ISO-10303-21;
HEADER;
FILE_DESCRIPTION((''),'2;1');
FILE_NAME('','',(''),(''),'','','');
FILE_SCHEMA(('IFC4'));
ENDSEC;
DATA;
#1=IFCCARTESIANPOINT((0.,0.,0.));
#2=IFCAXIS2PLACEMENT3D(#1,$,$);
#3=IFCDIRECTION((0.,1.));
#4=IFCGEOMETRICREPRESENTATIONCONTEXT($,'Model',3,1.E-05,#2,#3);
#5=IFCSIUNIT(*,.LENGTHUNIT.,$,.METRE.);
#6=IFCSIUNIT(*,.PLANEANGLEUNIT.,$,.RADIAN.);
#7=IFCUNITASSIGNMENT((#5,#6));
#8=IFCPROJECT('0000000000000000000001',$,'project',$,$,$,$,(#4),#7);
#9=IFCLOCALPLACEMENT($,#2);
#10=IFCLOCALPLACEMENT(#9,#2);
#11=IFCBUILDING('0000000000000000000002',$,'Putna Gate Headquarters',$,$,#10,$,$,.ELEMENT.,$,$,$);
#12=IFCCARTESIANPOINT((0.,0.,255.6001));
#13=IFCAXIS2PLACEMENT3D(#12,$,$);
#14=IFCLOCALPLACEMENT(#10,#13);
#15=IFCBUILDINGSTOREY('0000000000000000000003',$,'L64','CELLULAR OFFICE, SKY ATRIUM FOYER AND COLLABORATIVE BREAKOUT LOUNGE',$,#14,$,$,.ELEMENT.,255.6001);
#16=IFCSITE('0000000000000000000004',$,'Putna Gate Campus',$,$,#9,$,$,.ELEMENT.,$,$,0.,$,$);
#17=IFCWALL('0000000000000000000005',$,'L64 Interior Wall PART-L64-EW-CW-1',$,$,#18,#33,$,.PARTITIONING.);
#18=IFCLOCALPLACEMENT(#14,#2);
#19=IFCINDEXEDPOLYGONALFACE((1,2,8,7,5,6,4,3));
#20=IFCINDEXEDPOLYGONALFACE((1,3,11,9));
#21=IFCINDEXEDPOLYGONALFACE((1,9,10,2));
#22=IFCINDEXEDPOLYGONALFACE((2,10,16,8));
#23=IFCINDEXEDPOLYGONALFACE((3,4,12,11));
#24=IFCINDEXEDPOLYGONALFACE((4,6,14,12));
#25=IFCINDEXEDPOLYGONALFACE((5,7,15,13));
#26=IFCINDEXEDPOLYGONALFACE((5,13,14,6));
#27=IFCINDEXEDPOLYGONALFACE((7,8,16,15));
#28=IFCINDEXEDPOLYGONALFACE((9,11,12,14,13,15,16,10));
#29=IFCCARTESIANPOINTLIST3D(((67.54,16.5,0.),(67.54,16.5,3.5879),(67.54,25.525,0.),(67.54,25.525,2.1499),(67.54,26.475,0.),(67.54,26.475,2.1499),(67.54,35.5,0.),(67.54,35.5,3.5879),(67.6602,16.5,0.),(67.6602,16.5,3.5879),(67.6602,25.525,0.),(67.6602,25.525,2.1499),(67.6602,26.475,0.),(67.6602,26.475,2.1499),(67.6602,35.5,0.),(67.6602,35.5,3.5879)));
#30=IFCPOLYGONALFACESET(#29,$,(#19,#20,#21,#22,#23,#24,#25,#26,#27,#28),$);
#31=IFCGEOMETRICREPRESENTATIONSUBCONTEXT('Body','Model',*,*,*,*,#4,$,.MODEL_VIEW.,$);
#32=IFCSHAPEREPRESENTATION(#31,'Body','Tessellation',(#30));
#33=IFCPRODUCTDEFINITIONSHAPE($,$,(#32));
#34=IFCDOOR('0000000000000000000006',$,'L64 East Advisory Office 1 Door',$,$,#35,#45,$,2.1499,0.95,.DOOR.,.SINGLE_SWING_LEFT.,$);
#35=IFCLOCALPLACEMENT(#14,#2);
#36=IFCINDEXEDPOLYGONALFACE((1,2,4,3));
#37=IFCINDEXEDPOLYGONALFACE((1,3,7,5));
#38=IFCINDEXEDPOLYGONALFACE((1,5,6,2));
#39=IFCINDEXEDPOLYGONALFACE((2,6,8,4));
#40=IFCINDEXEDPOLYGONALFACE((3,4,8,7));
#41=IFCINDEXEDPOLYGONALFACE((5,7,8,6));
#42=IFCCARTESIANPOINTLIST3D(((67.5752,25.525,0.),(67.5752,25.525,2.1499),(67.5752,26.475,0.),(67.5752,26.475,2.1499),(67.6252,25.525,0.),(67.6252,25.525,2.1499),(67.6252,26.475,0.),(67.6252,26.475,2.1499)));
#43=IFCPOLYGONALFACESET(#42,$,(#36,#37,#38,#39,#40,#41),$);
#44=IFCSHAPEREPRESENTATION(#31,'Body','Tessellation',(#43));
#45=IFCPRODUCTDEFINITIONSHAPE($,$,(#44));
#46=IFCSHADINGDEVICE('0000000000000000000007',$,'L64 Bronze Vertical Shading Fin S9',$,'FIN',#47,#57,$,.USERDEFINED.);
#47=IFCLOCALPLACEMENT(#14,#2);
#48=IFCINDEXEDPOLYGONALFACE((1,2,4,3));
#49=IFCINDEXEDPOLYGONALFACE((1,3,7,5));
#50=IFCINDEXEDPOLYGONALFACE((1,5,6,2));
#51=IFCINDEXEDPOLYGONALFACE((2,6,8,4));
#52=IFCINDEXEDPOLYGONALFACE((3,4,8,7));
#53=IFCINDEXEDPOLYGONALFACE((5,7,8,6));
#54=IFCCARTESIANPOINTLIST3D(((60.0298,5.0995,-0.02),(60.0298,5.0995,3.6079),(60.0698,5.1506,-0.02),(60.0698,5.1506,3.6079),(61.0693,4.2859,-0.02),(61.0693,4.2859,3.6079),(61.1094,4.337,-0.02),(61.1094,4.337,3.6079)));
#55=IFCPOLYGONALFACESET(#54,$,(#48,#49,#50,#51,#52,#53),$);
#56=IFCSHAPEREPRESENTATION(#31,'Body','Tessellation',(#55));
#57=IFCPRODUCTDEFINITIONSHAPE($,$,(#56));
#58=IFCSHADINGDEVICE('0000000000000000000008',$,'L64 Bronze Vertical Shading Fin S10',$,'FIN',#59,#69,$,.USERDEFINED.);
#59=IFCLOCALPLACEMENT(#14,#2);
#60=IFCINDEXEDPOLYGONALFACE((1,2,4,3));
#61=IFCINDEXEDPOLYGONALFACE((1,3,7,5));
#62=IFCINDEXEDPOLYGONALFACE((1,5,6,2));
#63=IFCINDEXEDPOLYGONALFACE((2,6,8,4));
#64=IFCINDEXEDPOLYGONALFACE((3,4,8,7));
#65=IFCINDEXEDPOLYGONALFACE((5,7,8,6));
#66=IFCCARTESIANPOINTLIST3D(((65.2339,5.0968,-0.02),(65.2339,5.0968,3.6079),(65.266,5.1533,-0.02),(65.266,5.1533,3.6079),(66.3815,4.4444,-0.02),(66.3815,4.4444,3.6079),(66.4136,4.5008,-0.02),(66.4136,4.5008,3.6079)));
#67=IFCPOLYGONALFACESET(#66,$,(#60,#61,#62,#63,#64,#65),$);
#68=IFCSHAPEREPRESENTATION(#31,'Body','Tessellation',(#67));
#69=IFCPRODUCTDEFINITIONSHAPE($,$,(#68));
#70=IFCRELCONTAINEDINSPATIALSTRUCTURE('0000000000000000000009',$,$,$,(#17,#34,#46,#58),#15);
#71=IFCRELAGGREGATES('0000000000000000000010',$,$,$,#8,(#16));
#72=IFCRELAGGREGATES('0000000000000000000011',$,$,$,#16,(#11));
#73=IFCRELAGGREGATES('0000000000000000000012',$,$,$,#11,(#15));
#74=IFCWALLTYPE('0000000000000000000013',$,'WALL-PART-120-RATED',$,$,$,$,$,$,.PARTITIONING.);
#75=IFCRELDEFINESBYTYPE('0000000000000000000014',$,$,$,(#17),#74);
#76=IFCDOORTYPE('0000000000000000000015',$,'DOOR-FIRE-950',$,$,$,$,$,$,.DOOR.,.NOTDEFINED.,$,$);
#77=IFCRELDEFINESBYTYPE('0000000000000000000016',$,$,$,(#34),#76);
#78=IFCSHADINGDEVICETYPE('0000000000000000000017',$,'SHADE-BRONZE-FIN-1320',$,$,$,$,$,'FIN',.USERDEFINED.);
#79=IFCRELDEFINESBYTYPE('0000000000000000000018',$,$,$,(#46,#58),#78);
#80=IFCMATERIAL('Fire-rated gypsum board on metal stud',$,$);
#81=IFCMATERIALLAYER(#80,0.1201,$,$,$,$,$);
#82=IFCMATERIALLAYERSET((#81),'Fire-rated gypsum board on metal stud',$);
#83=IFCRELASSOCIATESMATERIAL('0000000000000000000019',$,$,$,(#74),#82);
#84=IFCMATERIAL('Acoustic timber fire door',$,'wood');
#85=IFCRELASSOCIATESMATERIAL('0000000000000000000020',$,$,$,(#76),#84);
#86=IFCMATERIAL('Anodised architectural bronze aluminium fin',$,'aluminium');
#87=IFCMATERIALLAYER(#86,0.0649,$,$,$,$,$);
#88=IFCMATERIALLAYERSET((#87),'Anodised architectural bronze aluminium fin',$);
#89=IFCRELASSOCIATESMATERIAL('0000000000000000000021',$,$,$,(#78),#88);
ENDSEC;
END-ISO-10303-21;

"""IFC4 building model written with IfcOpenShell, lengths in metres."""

from ifc_helpers import new_model, si_unit, direction, frame, frame_2d, origin, origin_2d, place, context, subcontext, project, spatial, rectangle, extrude, material, layer, layer_set, type_object, element, fill, save


model = new_model("IFC4")

# Units and contexts
model_context = context("Model", 3, precision=1e-05, world=origin(), true_north=direction((0.0, 1.0)))
body_context = subcontext(model_context, "Body", "Model", "MODEL_VIEW")
ifc_project = project(units=[si_unit("LENGTHUNIT", "METRE"), si_unit("PLANEANGLEUNIT", "RADIAN")], contexts=[model_context])

# Site, building, storey
site_placement = place(None, origin())
site = spatial("IfcSite", under=ifc_project, at=site_placement, Name="Putna Gate Campus", CompositionType="ELEMENT", RefElevation=0.0)
building_placement = place(site_placement, origin())
building = spatial("IfcBuilding", under=site, at=building_placement, Name="Putna Gate Headquarters", CompositionType="ELEMENT")
storey_placement = place(building_placement, frame((0.0, 0.0, 255.6001)))
storey = spatial("IfcBuildingStorey", under=building, at=storey_placement, Name="L64", Description="CELLULAR OFFICE, SKY ATRIUM FOYER AND COLLABORATIVE BREAKOUT LOUNGE", CompositionType="ELEMENT", Elevation=255.6001)

# Wall, opening, door
ifc_material_1 = material(Name="Fire-rated gypsum board on metal stud")
ifc_layer_1 = layer(ifc_material_1, 0.1201)
ifc_layer_set_1 = layer_set([ifc_layer_1], Name="Fire-rated gypsum board on metal stud")
wall_type_1 = type_object("IfcWallType", Name="WALL-PART-120-RATED", PredefinedType="PARTITIONING", material=ifc_layer_set_1)
wall_1_placement = place(storey_placement, frame((67.6001, 16.5, 0.0), z_axis=(0.0, 0.0, 1.0), x_axis=(0.0, 1.0, 0.0)))
wall_1 = element("IfcWall", 1, at=wall_1_placement, inside=storey, type_object=wall_type_1, Name="L64 Interior Wall PART-L64-EW-CW-1", PredefinedType="PARTITIONING", context=body_context, shape_type="SweptSolid", body=[
    extrude(rectangle(XDim=19.0, YDim=0.1201, at=frame_2d((9.5, 0.0))), origin(), (0.0, 0.0, 1.0), 3.5879),
])
opening_placement = place(wall_1_placement, frame((9.0249, 0.0, 0.0)))
opening = element("IfcOpeningElement", 2, at=opening_placement, cuts=wall_1, PredefinedType="OPENING", context=body_context, shape_type="SweptSolid", body=[
    extrude(rectangle(XDim=0.95, YDim=2.1499, at=frame_2d((0.4751, 1.075))), frame((0.0, 0.0701, 0.0), z_axis=(0.0, -1.0, 0.0), x_axis=(1.0, 0.0, 0.0)), (0.0, 0.0, 1.0), 0.1401),
])
ifc_material_2 = material(Name="Acoustic timber fire door", Category="wood")
door_type = type_object("IfcDoorType", Name="DOOR-FIRE-950", OperationType="NOTDEFINED", PredefinedType="DOOR", material=ifc_material_2)
door_placement = place(opening_placement, origin())
door = element("IfcDoor", 3, at=door_placement, inside=storey, type_object=door_type, Name="L64 East Advisory Office 1 Door", OperationType="SINGLE_SWING_LEFT", OverallHeight=2.1499, OverallWidth=0.95, PredefinedType="DOOR", context=body_context, shape_type="SweptSolid", body=[
    extrude(rectangle(XDim=0.95, YDim=2.1499, at=frame_2d((0.4751, 1.075))), frame((0.0, 0.0249, 0.0), z_axis=(0.0, -1.0, 0.0), x_axis=(1.0, 0.0, 0.0)), (0.0, 0.0, 1.0), 0.05),
])
fill(opening, door)

# Shading devices
ifc_material_3 = material(Name="Anodised architectural bronze aluminium fin", Category="aluminium")
ifc_layer_2 = layer(ifc_material_3, 0.0649)
ifc_layer_set_2 = layer_set([ifc_layer_2], Name="Anodised architectural bronze aluminium fin")
shading_device_type = type_object("IfcShadingDeviceType", Name="SHADE-BRONZE-FIN-1320", ElementType="FIN", PredefinedType="USERDEFINED", material=ifc_layer_set_2)
for number, where, z_axis, x_axis, name in (
    (4, (60.5696, 4.7183, -0.02), (0.0, 0.0, 1.0), (0.787473, -0.616349, 0.0), "L64 Bronze Vertical Shading Fin S9"),
    (5, (65.8237, 4.7988, -0.02), (0.0, 0.0, 1.0), (0.869322, -0.494245, 0.0), "L64 Bronze Vertical Shading Fin S10"),
):
    element("IfcShadingDevice", number, at=place(storey_placement, frame(where, z_axis=z_axis, x_axis=x_axis)), inside=storey, type_object=shading_device_type, Name=name, ObjectType="FIN", PredefinedType="USERDEFINED", context=body_context, shape_type="SweptSolid", body=[
        extrude(rectangle(XDim=1.3201, YDim=0.0649, at=origin_2d()), origin(), (0.0, 0.0, 1.0), 3.6279),
    ])

save(model, "model.ifc")
